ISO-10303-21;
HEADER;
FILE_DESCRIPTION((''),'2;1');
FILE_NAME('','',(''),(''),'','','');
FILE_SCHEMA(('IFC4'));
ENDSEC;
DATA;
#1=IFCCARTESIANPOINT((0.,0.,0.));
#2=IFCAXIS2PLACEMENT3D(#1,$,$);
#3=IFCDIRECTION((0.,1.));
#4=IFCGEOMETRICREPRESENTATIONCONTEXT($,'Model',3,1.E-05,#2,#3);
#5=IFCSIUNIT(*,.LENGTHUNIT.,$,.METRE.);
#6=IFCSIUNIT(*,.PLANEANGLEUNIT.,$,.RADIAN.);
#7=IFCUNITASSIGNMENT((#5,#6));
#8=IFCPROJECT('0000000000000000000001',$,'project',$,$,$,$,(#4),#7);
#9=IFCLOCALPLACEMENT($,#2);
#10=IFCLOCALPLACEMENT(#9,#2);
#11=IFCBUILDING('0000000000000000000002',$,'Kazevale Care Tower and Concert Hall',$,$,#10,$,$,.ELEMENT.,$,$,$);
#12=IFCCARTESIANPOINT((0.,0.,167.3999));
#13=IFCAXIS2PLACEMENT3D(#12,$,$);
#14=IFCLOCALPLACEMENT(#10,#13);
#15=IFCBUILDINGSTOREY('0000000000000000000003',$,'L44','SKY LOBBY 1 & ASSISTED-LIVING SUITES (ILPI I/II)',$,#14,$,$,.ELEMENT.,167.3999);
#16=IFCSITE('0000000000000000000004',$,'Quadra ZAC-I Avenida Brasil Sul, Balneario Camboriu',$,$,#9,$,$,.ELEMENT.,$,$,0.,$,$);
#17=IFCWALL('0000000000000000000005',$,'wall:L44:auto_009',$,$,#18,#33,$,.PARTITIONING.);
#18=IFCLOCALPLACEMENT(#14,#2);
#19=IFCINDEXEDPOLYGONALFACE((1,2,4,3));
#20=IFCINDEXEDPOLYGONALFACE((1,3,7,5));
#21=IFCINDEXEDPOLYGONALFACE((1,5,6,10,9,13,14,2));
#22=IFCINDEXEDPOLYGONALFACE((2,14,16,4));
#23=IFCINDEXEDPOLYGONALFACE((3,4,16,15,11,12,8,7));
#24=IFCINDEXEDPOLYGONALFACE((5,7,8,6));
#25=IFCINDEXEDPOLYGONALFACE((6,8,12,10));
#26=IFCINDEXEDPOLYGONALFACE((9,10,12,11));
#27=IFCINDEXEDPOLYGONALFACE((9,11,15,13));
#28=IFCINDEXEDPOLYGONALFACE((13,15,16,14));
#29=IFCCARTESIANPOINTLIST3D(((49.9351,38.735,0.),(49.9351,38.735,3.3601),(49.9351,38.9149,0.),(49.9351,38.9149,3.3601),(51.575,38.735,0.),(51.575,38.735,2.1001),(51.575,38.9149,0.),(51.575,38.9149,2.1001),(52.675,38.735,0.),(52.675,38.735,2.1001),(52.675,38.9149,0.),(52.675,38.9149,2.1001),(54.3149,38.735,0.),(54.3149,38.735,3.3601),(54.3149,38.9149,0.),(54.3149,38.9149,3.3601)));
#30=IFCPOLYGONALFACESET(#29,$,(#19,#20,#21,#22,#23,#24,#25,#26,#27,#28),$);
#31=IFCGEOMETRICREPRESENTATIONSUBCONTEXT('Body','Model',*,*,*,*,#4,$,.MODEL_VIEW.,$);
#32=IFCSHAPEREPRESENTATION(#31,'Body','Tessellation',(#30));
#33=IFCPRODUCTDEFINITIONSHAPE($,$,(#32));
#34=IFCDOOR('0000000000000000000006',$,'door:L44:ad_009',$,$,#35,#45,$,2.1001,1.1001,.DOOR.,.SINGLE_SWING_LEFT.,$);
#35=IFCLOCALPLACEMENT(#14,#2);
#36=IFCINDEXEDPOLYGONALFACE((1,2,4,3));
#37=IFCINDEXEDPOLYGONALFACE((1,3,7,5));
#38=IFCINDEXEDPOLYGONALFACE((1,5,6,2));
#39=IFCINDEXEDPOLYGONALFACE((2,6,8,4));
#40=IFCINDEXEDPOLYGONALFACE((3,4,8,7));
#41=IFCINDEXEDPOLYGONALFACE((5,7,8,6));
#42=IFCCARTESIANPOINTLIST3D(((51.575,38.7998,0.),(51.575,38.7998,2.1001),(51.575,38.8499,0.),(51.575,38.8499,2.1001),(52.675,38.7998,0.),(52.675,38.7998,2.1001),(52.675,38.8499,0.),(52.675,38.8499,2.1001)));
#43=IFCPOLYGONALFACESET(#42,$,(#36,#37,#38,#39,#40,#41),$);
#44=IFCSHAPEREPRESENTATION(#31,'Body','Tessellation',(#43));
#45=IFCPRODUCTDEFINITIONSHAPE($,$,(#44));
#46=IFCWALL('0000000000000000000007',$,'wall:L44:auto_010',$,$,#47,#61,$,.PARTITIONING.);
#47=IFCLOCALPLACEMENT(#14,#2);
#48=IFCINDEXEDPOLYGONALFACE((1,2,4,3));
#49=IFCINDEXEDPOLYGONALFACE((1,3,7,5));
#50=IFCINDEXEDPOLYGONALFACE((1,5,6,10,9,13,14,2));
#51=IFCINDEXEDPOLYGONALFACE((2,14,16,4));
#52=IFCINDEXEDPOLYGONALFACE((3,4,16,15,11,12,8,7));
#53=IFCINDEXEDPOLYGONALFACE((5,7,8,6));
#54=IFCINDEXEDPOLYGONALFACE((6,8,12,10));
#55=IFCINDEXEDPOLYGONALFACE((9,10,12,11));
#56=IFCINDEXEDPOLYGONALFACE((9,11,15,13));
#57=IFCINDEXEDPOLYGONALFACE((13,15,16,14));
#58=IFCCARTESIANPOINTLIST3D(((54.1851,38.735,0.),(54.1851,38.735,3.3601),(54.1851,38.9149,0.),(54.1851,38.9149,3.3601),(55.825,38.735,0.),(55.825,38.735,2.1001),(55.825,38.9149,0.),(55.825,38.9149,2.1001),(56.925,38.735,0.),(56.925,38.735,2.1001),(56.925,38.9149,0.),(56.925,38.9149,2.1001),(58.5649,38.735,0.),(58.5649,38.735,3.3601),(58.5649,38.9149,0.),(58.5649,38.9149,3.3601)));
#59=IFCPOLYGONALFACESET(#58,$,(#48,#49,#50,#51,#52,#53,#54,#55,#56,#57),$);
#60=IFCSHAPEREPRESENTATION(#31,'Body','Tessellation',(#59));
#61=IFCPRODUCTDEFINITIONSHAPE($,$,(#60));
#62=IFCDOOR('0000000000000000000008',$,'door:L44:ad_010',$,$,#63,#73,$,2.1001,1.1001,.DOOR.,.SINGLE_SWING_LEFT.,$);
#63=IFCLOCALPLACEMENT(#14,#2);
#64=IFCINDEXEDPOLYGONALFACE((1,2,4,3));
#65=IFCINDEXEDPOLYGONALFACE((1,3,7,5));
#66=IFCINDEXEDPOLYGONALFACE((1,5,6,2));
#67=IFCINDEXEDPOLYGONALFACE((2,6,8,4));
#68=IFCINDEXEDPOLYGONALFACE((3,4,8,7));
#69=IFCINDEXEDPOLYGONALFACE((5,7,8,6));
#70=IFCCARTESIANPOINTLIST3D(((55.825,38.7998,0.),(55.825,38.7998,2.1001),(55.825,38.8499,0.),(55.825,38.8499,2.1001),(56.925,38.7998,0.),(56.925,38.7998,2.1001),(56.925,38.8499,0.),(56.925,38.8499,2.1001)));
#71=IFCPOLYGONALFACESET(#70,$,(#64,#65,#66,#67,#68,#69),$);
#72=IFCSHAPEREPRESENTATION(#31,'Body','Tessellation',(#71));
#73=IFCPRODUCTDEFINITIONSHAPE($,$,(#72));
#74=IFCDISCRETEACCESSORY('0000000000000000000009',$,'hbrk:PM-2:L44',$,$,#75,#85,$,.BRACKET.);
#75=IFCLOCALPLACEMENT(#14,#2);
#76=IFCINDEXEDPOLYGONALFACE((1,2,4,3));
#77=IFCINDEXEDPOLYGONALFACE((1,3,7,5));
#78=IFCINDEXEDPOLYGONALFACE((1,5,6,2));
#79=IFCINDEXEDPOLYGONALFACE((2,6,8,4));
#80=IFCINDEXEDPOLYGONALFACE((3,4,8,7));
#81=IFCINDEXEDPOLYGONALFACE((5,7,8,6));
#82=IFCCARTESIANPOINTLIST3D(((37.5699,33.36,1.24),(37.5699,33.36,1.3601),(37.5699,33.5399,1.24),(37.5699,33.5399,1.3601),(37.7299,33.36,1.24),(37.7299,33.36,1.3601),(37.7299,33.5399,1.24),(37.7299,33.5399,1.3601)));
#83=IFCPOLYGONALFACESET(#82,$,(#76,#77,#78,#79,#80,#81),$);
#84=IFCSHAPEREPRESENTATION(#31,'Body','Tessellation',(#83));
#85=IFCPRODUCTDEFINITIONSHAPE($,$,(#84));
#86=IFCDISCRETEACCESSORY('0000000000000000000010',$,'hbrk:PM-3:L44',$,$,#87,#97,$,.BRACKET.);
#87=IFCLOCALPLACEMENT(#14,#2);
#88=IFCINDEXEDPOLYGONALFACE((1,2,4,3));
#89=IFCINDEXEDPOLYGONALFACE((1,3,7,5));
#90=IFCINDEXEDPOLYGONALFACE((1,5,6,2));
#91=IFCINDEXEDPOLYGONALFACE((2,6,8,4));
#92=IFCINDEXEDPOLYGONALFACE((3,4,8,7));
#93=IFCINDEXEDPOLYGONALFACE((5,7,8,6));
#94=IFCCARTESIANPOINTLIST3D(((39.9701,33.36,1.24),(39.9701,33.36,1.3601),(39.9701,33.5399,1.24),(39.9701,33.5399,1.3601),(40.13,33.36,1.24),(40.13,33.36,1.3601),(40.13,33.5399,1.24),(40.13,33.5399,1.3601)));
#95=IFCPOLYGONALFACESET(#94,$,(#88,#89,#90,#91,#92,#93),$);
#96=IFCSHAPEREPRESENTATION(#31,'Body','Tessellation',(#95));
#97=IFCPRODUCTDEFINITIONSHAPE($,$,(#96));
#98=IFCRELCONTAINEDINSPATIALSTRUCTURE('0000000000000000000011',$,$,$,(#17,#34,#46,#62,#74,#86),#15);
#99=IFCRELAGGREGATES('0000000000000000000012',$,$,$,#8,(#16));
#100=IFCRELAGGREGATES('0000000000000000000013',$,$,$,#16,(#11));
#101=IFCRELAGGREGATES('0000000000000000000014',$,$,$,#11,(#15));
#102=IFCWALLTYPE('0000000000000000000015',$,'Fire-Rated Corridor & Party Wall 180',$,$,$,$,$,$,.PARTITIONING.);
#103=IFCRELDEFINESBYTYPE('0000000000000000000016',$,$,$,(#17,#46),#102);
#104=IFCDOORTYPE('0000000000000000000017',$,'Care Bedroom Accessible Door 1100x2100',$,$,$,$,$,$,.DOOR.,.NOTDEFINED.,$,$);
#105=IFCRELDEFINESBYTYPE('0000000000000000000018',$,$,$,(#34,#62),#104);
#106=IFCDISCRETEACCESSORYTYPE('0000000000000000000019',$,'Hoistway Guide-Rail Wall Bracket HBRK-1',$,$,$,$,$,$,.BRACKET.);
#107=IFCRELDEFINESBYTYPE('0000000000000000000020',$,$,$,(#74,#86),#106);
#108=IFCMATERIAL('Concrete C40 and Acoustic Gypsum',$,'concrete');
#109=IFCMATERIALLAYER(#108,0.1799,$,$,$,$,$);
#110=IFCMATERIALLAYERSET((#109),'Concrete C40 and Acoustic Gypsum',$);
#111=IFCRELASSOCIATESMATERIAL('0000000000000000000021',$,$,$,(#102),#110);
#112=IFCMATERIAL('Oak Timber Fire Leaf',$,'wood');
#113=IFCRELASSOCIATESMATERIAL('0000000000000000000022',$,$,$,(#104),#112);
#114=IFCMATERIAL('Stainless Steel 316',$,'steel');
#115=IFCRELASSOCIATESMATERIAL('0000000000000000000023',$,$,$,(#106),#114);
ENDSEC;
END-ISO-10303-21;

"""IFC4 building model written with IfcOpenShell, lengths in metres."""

from ifc_helpers import new_model, si_unit, direction, frame, frame_2d, origin, origin_2d, place, context, subcontext, project, spatial, rectangle, extrude, material, layer, layer_set, type_object, element, fill, save


model = new_model("IFC4")

# Units and contexts
model_context = context("Model", 3, precision=1e-05, world=origin(), true_north=direction((0.0, 1.0)))
body_context = subcontext(model_context, "Body", "Model", "MODEL_VIEW")
ifc_project = project(units=[si_unit("LENGTHUNIT", "METRE"), si_unit("PLANEANGLEUNIT", "RADIAN")], contexts=[model_context])

# Site, building, storey
site_placement = place(None, origin())
site = spatial("IfcSite", under=ifc_project, at=site_placement, Name="Quadra ZAC-I Avenida Brasil Sul, Balneario Camboriu", CompositionType="ELEMENT", RefElevation=0.0)
building_placement = place(site_placement, origin())
building = spatial("IfcBuilding", under=site, at=building_placement, Name="Kazevale Care Tower and Concert Hall", CompositionType="ELEMENT")
storey_placement = place(building_placement, frame((0.0, 0.0, 167.3999)))
storey = spatial("IfcBuildingStorey", under=building, at=storey_placement, Name="L44", Description="SKY LOBBY 1 & ASSISTED-LIVING SUITES (ILPI I/II)", CompositionType="ELEMENT", Elevation=167.3999)

# Shared definitions
ifc_material_1 = material(Name="Oak Timber Fire Leaf", Category="wood")

# Walls, openings, doors
ifc_material_2 = material(Name="Concrete C40 and Acoustic Gypsum", Category="concrete")
ifc_layer_1 = layer(ifc_material_2, 0.1799)
ifc_layer_set_1 = layer_set([ifc_layer_1], Name="Concrete C40 and Acoustic Gypsum")
wall_type_1 = type_object("IfcWallType", Name="Fire-Rated Corridor & Party Wall 180", PredefinedType="PARTITIONING", material=ifc_layer_set_1)
door_type_1 = type_object("IfcDoorType", Name="Care Bedroom Accessible Door 1100x2100", OperationType="NOTDEFINED", PredefinedType="DOOR", material=ifc_material_1)
wall_1_placement = place(storey_placement, frame((49.9351, 38.825, 0.0), z_axis=(0.0, 0.0, 1.0), x_axis=(1.0, 0.0, 0.0)))
wall_1 = element("IfcWall", 1, at=wall_1_placement, inside=storey, type_object=wall_type_1, Name="wall:L44:auto_009", PredefinedType="PARTITIONING", context=body_context, shape_type="SweptSolid", body=[
    extrude(rectangle(XDim=4.3799, YDim=0.1799, at=frame_2d((2.1899, 0.0))), origin(), (0.0, 0.0, 1.0), 3.3601),
])
opening_1_placement = place(wall_1_placement, frame((1.6399, 0.0, 0.0)))
opening_1 = element("IfcOpeningElement", 2, at=opening_1_placement, cuts=wall_1, PredefinedType="OPENING", context=body_context, shape_type="SweptSolid", body=[
    extrude(rectangle(XDim=1.1001, YDim=2.1001, at=frame_2d((0.55, 1.05))), frame((0.0, 0.0999, 0.0), z_axis=(0.0, -1.0, 0.0), x_axis=(1.0, 0.0, 0.0)), (0.0, 0.0, 1.0), 0.2),
])
door_1_placement = place(opening_1_placement, origin())
door_1 = element("IfcDoor", 3, at=door_1_placement, inside=storey, type_object=door_type_1, Name="door:L44:ad_009", OperationType="SINGLE_SWING_LEFT", OverallHeight=2.1001, OverallWidth=1.1001, PredefinedType="DOOR", context=body_context, shape_type="SweptSolid", body=[
    extrude(rectangle(XDim=1.1001, YDim=2.1001, at=frame_2d((0.55, 1.05))), frame((0.0, 0.0249, 0.0), z_axis=(0.0, -1.0, 0.0), x_axis=(1.0, 0.0, 0.0)), (0.0, 0.0, 1.0), 0.05),
])
fill(opening_1, door_1)
wall_2_placement = place(storey_placement, frame((54.1851, 38.825, 0.0), z_axis=(0.0, 0.0, 1.0), x_axis=(1.0, 0.0, 0.0)))
wall_2 = element("IfcWall", 4, at=wall_2_placement, inside=storey, type_object=wall_type_1, Name="wall:L44:auto_010", PredefinedType="PARTITIONING", context=body_context, shape_type="SweptSolid", body=[
    extrude(rectangle(XDim=4.3799, YDim=0.1799, at=frame_2d((2.1899, 0.0))), origin(), (0.0, 0.0, 1.0), 3.3601),
])
opening_2_placement = place(wall_2_placement, frame((1.6399, 0.0, 0.0)))
opening_2 = element("IfcOpeningElement", 5, at=opening_2_placement, cuts=wall_2, PredefinedType="OPENING", context=body_context, shape_type="SweptSolid", body=[
    extrude(rectangle(XDim=1.1001, YDim=2.1001, at=frame_2d((0.55, 1.05))), frame((0.0, 0.0999, 0.0), z_axis=(0.0, -1.0, 0.0), x_axis=(1.0, 0.0, 0.0)), (0.0, 0.0, 1.0), 0.2),
])
door_2_placement = place(opening_2_placement, origin())
door_2 = element("IfcDoor", 6, at=door_2_placement, inside=storey, type_object=door_type_1, Name="door:L44:ad_010", OperationType="SINGLE_SWING_LEFT", OverallHeight=2.1001, OverallWidth=1.1001, PredefinedType="DOOR", context=body_context, shape_type="SweptSolid", body=[
    extrude(rectangle(XDim=1.1001, YDim=2.1001, at=frame_2d((0.55, 1.05))), frame((0.0, 0.0249, 0.0), z_axis=(0.0, -1.0, 0.0), x_axis=(1.0, 0.0, 0.0)), (0.0, 0.0, 1.0), 0.05),
])
fill(opening_2, door_2)

# Discrete accessories
ifc_material_3 = material(Name="Stainless Steel 316", Category="steel")
discrete_accessory_type = type_object("IfcDiscreteAccessoryType", Name="Hoistway Guide-Rail Wall Bracket HBRK-1", PredefinedType="BRACKET", material=ifc_material_3)
for number, where, z_axis, x_axis, name in (
    (7, (37.6499, 33.45, 1.24), (0.0, 0.0, 1.0), (1.0, 0.0, 0.0), "hbrk:PM-2:L44"),
    (8, (40.05, 33.45, 1.24), (0.0, 0.0, 1.0), (1.0, 0.0, 0.0), "hbrk:PM-3:L44"),
):
    element("IfcDiscreteAccessory", number, at=place(storey_placement, frame(where, z_axis=z_axis, x_axis=x_axis)), inside=storey, type_object=discrete_accessory_type, Name=name, PredefinedType="BRACKET", context=body_context, shape_type="SweptSolid", body=[
        extrude(rectangle(XDim=0.1599, YDim=0.1799, at=origin_2d()), origin(), (0.0, 0.0, 1.0), 0.1201),
    ])

save(model, "model.ifc")
